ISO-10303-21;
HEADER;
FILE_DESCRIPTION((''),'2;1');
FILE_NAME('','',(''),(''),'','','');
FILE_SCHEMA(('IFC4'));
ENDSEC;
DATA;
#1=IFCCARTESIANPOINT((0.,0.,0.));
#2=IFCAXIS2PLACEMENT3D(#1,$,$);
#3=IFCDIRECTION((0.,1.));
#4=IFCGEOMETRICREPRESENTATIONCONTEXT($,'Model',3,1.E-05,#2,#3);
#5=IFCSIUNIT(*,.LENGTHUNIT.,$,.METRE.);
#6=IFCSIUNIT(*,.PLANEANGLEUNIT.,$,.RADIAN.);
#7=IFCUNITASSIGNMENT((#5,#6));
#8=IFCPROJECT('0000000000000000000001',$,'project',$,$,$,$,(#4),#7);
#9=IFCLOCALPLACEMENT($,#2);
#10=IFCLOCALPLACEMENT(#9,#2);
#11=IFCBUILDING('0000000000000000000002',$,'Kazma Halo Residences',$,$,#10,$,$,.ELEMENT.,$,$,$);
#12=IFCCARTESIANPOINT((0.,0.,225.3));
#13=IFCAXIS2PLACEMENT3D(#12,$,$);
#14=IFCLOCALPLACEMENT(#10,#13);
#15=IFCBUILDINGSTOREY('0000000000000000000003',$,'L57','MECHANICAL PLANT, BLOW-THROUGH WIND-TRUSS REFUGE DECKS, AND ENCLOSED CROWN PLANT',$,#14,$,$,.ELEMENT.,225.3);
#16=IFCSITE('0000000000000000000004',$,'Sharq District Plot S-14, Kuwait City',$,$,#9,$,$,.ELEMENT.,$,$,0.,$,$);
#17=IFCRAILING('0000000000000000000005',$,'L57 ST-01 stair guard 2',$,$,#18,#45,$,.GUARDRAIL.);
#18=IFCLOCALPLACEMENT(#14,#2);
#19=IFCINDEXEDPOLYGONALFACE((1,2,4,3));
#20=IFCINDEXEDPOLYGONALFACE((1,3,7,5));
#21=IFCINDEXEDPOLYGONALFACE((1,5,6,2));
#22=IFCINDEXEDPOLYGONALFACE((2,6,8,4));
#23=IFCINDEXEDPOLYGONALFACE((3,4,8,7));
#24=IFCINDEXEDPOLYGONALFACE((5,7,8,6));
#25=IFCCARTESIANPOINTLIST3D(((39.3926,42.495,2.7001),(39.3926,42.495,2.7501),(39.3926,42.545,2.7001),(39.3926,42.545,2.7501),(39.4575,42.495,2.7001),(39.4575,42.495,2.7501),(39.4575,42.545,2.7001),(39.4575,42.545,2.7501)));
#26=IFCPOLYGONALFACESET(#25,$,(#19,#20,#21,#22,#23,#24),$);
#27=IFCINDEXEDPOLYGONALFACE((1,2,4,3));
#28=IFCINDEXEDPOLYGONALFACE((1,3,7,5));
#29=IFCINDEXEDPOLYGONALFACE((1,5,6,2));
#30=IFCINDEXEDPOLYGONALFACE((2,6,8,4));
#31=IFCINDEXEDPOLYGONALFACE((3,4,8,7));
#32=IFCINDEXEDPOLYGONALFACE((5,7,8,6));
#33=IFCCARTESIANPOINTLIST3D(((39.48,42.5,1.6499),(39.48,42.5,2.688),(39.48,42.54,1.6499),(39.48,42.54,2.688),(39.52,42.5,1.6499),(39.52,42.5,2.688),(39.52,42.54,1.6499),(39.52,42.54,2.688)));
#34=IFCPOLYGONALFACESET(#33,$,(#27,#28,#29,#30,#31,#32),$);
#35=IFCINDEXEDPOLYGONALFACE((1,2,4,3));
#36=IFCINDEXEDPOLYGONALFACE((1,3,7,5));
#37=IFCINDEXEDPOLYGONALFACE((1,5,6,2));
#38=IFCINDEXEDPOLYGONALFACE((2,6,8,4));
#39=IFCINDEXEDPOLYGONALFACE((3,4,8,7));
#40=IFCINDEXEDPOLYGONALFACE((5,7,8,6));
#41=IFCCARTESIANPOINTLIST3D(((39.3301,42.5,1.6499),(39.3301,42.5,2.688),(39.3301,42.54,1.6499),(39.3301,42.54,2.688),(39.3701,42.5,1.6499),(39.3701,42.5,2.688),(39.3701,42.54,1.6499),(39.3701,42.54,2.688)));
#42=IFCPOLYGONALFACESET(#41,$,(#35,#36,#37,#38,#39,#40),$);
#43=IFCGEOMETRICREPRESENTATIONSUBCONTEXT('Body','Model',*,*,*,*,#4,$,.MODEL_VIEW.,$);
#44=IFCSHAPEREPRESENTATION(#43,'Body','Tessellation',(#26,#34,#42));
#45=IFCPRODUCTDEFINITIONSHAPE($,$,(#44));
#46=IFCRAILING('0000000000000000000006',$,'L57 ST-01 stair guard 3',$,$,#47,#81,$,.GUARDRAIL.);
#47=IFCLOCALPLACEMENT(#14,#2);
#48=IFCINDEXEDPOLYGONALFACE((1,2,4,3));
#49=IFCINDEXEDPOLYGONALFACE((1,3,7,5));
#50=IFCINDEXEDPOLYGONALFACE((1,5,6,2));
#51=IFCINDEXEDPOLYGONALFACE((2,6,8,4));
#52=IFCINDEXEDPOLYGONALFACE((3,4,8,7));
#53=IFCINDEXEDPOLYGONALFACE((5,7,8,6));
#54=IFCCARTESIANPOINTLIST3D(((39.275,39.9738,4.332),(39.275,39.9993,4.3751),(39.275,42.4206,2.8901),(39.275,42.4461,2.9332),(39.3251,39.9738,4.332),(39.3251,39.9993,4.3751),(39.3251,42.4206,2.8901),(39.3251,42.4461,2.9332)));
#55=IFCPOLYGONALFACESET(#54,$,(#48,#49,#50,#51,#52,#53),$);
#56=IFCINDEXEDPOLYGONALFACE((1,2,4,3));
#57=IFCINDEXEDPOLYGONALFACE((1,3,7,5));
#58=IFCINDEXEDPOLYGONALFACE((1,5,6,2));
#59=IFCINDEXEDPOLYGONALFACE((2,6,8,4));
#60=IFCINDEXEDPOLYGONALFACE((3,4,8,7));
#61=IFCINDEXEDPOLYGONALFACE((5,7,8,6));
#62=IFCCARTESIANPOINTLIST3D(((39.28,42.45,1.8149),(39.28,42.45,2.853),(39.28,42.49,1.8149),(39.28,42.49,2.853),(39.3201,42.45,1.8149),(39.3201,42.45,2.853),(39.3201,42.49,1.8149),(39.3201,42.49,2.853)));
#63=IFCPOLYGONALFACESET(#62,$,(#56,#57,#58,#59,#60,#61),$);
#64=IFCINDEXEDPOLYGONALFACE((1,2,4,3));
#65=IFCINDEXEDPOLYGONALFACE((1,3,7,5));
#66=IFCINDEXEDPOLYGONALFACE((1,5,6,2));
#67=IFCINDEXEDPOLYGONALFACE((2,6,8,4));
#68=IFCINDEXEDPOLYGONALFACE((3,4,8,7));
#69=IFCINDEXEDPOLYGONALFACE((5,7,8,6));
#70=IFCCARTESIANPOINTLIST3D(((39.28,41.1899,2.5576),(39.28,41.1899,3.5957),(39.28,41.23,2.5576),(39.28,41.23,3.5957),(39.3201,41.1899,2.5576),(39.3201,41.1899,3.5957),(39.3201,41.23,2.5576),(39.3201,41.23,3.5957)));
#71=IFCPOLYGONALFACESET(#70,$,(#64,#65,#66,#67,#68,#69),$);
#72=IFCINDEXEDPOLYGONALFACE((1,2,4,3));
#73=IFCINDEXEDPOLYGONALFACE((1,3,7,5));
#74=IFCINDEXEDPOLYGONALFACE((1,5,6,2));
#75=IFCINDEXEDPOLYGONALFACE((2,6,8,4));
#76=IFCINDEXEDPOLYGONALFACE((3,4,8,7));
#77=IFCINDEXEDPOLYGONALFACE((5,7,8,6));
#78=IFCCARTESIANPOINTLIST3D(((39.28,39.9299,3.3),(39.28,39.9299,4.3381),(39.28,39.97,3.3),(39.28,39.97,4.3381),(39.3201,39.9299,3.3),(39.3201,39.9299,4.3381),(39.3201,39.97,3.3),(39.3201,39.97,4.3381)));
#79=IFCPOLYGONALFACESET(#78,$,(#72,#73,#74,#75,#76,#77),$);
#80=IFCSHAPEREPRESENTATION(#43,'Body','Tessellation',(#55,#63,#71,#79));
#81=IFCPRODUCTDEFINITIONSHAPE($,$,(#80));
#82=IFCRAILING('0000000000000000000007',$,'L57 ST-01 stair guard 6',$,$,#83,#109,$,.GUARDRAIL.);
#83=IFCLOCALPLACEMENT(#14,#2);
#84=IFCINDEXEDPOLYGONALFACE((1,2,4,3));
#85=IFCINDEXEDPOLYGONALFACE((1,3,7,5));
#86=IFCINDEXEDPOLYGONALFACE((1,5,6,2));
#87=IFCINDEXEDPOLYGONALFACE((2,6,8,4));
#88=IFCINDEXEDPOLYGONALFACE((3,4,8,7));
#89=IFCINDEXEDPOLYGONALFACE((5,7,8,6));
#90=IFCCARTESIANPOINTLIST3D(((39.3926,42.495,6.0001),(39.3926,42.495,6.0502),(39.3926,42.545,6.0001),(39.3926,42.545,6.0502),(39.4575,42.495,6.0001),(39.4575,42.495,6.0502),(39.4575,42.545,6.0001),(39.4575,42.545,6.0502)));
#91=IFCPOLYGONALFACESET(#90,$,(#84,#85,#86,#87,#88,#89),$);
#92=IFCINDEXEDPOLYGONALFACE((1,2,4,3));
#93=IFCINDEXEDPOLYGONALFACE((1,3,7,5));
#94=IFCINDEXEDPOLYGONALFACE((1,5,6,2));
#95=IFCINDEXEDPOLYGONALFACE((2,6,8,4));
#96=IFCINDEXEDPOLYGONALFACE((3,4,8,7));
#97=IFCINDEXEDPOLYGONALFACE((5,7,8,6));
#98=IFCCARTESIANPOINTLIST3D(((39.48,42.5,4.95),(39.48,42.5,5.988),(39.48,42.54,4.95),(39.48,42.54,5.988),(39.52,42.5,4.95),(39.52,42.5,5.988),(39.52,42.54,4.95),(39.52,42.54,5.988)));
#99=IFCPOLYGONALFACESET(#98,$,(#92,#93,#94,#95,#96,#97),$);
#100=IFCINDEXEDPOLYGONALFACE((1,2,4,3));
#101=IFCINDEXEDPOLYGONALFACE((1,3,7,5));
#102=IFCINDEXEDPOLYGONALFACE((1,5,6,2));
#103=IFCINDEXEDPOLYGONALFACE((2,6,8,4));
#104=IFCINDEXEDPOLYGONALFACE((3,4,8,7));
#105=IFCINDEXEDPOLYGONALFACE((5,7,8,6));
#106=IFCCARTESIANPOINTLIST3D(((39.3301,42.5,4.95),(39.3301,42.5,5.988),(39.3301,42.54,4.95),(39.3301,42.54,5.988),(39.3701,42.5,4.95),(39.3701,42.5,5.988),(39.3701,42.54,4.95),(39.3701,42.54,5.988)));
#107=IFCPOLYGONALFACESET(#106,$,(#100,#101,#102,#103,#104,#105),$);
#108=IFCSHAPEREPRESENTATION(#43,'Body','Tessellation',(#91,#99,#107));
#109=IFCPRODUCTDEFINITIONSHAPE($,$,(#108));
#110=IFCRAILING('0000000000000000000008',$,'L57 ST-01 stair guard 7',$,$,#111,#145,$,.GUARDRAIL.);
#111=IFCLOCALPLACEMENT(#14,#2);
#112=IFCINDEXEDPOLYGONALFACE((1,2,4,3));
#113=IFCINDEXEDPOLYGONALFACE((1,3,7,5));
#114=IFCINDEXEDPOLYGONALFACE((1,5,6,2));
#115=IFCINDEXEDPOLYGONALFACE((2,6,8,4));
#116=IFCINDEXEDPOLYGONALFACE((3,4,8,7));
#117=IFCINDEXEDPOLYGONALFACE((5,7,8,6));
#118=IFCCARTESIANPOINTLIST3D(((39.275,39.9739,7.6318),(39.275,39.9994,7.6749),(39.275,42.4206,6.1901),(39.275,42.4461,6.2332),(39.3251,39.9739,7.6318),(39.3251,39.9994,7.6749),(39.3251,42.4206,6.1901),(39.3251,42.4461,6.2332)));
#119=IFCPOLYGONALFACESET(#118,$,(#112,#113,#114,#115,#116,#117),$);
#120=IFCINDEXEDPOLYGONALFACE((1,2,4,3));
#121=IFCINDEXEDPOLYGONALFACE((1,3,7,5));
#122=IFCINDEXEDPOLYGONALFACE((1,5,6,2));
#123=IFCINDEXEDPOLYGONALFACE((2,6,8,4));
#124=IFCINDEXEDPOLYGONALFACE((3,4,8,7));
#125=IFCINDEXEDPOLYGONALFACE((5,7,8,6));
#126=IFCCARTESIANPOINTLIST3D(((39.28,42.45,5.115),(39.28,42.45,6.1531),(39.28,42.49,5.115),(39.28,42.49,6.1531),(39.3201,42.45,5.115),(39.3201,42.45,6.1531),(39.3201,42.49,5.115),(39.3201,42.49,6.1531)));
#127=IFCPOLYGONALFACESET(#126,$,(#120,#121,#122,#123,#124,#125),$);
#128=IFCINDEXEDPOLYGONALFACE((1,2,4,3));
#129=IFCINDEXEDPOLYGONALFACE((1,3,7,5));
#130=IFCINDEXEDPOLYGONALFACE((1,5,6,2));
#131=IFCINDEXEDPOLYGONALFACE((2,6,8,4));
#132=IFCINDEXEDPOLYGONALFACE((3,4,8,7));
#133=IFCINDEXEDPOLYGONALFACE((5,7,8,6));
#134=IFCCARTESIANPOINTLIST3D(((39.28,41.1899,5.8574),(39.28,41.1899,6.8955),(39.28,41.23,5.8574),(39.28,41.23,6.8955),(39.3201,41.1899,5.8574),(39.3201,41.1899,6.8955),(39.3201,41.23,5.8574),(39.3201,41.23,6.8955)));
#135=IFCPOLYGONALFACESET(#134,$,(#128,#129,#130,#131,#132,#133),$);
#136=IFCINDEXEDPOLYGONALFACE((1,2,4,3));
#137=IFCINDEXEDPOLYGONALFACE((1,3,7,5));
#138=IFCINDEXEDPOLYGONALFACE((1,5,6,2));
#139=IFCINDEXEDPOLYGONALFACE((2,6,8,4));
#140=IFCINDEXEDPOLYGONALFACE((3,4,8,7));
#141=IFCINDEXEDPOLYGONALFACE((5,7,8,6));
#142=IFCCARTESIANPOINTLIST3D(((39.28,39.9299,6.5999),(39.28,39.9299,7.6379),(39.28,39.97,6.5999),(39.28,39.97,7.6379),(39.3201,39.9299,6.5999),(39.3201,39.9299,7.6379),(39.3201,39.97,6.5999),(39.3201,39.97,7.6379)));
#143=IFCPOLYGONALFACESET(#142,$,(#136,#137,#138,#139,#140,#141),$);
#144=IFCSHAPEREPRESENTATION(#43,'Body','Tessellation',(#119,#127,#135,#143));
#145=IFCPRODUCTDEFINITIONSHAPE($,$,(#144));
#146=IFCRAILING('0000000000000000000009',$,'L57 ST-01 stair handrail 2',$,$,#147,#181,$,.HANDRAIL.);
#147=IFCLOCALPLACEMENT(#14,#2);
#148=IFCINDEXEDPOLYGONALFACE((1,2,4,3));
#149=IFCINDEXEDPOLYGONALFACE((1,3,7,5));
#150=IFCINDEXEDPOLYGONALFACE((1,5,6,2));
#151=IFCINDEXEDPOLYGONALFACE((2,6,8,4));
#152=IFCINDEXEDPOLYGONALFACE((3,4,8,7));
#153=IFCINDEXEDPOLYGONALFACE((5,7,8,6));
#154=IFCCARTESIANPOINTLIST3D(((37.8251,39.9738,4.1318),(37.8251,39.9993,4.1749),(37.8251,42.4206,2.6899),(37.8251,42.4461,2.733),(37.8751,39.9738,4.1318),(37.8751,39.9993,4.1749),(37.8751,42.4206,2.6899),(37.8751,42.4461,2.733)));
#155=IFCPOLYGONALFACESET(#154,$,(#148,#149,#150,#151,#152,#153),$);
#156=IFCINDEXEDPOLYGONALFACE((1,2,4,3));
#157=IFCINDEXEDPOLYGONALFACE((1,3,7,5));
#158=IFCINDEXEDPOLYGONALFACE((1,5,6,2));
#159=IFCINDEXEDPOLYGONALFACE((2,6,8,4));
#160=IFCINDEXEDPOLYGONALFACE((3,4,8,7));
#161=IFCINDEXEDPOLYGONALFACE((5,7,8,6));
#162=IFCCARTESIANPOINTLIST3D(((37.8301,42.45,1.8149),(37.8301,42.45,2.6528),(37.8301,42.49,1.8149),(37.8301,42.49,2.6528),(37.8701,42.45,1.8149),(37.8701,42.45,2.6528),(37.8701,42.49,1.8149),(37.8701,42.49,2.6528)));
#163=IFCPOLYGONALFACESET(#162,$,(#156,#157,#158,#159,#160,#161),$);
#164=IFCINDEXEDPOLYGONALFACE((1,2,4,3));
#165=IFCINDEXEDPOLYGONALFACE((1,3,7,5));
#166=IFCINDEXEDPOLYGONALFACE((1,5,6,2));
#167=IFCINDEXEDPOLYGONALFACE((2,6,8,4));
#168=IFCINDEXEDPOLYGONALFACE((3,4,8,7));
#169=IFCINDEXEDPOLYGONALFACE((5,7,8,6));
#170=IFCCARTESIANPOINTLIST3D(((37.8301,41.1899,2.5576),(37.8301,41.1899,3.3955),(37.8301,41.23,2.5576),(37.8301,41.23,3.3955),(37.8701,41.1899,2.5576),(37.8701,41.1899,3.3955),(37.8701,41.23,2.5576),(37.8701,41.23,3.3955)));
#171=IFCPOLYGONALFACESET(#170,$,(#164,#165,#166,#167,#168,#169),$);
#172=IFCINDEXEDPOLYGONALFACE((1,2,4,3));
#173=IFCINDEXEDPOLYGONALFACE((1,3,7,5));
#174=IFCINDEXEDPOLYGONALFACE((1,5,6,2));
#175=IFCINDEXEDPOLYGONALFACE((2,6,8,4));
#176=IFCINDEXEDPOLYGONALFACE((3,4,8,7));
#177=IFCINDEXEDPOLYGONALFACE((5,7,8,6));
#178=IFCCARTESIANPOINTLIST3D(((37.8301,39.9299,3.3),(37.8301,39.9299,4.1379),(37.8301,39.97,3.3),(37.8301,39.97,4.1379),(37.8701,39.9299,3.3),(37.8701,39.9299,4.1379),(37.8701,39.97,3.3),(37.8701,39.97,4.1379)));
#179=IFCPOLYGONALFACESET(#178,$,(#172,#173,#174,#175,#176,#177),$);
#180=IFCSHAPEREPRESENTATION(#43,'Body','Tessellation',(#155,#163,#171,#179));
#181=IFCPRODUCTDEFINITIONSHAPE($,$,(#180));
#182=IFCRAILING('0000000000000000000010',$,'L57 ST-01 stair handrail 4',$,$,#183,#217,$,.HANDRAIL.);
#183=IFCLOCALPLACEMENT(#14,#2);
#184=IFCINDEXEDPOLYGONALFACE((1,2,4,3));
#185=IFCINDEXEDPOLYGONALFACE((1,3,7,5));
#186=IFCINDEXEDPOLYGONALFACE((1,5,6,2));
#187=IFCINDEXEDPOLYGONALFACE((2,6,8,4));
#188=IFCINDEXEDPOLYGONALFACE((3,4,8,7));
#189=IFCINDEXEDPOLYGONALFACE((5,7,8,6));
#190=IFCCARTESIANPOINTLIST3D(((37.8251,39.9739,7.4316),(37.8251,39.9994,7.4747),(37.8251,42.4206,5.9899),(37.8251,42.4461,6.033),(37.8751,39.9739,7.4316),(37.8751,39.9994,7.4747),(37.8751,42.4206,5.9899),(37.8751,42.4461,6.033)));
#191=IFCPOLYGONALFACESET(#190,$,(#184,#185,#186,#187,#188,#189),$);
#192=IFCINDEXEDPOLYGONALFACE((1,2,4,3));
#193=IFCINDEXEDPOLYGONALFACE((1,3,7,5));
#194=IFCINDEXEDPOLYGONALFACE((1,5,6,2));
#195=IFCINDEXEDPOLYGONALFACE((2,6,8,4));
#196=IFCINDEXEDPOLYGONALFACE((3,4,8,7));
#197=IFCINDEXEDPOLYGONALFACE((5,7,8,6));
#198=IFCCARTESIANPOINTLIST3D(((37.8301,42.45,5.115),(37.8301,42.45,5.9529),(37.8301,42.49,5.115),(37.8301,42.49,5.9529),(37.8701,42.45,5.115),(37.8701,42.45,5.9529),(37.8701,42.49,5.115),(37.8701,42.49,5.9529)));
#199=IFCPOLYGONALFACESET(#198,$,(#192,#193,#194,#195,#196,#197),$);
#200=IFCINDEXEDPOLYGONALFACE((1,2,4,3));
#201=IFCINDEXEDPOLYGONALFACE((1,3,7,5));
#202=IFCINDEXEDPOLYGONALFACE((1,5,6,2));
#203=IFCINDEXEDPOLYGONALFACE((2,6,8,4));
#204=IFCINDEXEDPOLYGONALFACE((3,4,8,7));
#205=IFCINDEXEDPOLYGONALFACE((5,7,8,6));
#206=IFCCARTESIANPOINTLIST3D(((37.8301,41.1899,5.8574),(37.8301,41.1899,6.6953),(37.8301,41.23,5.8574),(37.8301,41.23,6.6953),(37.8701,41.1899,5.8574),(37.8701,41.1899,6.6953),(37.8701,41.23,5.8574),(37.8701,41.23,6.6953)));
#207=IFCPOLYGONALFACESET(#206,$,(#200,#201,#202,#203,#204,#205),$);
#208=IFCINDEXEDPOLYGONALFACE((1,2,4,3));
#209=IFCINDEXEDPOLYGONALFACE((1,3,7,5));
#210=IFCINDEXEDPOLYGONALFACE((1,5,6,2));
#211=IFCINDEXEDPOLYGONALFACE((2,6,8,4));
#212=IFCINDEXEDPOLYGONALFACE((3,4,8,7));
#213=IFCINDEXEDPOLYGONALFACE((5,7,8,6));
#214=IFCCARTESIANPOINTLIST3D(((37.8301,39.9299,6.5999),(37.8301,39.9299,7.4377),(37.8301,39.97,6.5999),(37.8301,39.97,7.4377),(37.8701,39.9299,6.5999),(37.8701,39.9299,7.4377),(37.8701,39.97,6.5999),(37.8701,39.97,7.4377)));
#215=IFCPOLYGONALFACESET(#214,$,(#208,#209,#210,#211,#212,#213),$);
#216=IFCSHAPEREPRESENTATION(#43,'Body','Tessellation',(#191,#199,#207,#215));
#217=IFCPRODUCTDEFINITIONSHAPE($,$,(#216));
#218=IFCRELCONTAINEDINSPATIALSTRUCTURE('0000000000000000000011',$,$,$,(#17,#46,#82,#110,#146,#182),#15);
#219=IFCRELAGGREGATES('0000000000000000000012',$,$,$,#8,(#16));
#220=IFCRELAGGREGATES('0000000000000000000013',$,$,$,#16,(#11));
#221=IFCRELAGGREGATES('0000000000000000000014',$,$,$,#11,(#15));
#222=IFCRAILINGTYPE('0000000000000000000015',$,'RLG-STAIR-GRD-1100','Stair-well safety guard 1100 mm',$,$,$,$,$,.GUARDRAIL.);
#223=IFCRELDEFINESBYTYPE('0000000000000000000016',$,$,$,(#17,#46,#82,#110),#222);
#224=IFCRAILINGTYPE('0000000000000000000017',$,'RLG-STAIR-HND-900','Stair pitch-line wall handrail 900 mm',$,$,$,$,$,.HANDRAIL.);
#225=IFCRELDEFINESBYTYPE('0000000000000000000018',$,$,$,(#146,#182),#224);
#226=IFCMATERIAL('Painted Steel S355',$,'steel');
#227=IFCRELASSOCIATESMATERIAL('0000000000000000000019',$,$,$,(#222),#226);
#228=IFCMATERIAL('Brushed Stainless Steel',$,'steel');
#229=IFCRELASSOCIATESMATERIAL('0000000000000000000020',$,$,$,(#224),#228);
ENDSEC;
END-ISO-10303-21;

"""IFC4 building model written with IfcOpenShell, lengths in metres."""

from ifc_helpers import new_model, si_unit, direction, frame, origin, origin_2d, place, context, subcontext, project, spatial, rectangle, extrude, material, type_object, element, save


model = new_model("IFC4")

# Units and contexts
model_context = context("Model", 3, precision=1e-05, world=origin(), true_north=direction((0.0, 1.0)))
body_context = subcontext(model_context, "Body", "Model", "MODEL_VIEW")
ifc_project = project(units=[si_unit("LENGTHUNIT", "METRE"), si_unit("PLANEANGLEUNIT", "RADIAN")], contexts=[model_context])

# Site, building, storey
site_placement = place(None, origin())
site = spatial("IfcSite", under=ifc_project, at=site_placement, Name="Sharq District Plot S-14, Kuwait City", CompositionType="ELEMENT", RefElevation=0.0)
building_placement = place(site_placement, origin())
building = spatial("IfcBuilding", under=site, at=building_placement, Name="Kazma Halo Residences", CompositionType="ELEMENT")
storey_placement = place(building_placement, frame((0.0, 0.0, 225.3)))
storey = spatial("IfcBuildingStorey", under=building, at=storey_placement, Name="L57", Description="MECHANICAL PLANT, BLOW-THROUGH WIND-TRUSS REFUGE DECKS, AND ENCLOSED CROWN PLANT", CompositionType="ELEMENT", Elevation=225.3)

# Railings
ifc_material_1 = material(Name="Painted Steel S355", Category="steel")
railing_type_1 = type_object("IfcRailingType", Name="RLG-STAIR-GRD-1100", Description="Stair-well safety guard 1100 mm", PredefinedType="GUARDRAIL", material=ifc_material_1)
railing_1_placement = place(storey_placement, frame((39.5, 42.52, 1.6499)))
element("IfcRailing", 1, at=railing_1_placement, inside=storey, type_object=railing_type_1, Name="L57 ST-01 stair guard 2", PredefinedType="GUARDRAIL", context=body_context, shape_type="SweptSolid", body=[
    extrude(rectangle(XDim=0.05, YDim=0.05, at=origin_2d()), frame((-0.0425, 0.0, 1.0752), z_axis=(-1.0, 0.0, 0.0), x_axis=(0.0, -1.0, 0.0)), (0.0, 0.0, 1.0), 0.0649),
    extrude(rectangle(XDim=0.04, YDim=0.04, at=origin_2d()), origin(), (0.0, 0.0, 1.0), 1.0381),
    extrude(rectangle(XDim=0.04, YDim=0.04, at=origin_2d()), frame((-0.1499, 0.0, 0.0)), (0.0, 0.0, 1.0), 1.0381),
])
railing_2_placement = place(storey_placement, frame((39.3, 42.47, 1.8149)))
element("IfcRailing", 2, at=railing_2_placement, inside=storey, type_object=railing_type_1, Name="L57 ST-01 stair guard 3", PredefinedType="GUARDRAIL", context=body_context, shape_type="SweptSolid", body=[
    extrude(rectangle(XDim=0.05, YDim=0.05, at=origin_2d()), frame((0.0, -0.0366, 1.0967), z_axis=(0.0, -0.861524, 0.507717), x_axis=(1.0, 0.0, 0.0)), (0.0, 0.0, 1.0), 2.8401),
    extrude(rectangle(XDim=0.04, YDim=0.04, at=origin_2d()), origin(), (0.0, 0.0, 1.0), 1.0381),
    extrude(rectangle(XDim=0.04, YDim=0.04, at=origin_2d()), frame((0.0, -1.26, 0.7427)), (0.0, 0.0, 1.0), 1.0381),
    extrude(rectangle(XDim=0.04, YDim=0.04, at=origin_2d()), frame((0.0, -2.52, 1.4851)), (0.0, 0.0, 1.0), 1.0381),
])
railing_3_placement = place(storey_placement, frame((39.5, 42.52, 4.95)))
element("IfcRailing", 3, at=railing_3_placement, inside=storey, type_object=railing_type_1, Name="L57 ST-01 stair guard 6", PredefinedType="GUARDRAIL", context=body_context, shape_type="SweptSolid", body=[
    extrude(rectangle(XDim=0.05, YDim=0.05, at=origin_2d()), frame((-0.0425, 0.0, 1.0752), z_axis=(-1.0, 0.0, 0.0), x_axis=(0.0, -1.0, 0.0)), (0.0, 0.0, 1.0), 0.0649),
    extrude(rectangle(XDim=0.04, YDim=0.04, at=origin_2d()), origin(), (0.0, 0.0, 1.0), 1.0381),
    extrude(rectangle(XDim=0.04, YDim=0.04, at=origin_2d()), frame((-0.1499, 0.0, 0.0)), (0.0, 0.0, 1.0), 1.0381),
])
railing_4_placement = place(storey_placement, frame((39.3, 42.47, 5.115)))
element("IfcRailing", 4, at=railing_4_placement, inside=storey, type_object=railing_type_1, Name="L57 ST-01 stair guard 7", PredefinedType="GUARDRAIL", context=body_context, shape_type="SweptSolid", body=[
    extrude(rectangle(XDim=0.05, YDim=0.05, at=origin_2d()), frame((0.0, -0.0366, 1.0967), z_axis=(0.0, -0.861561, 0.507655), x_axis=(1.0, 0.0, 0.0)), (0.0, 0.0, 1.0), 2.8398),
    extrude(rectangle(XDim=0.04, YDim=0.04, at=origin_2d()), origin(), (0.0, 0.0, 1.0), 1.0381),
    extrude(rectangle(XDim=0.04, YDim=0.04, at=origin_2d()), frame((0.0, -1.26, 0.7424)), (0.0, 0.0, 1.0), 1.0381),
    extrude(rectangle(XDim=0.04, YDim=0.04, at=origin_2d()), frame((0.0, -2.52, 1.4849)), (0.0, 0.0, 1.0), 1.0381),
])
ifc_material_2 = material(Name="Brushed Stainless Steel", Category="steel")
railing_type_2 = type_object("IfcRailingType", Name="RLG-STAIR-HND-900", Description="Stair pitch-line wall handrail 900 mm", PredefinedType="HANDRAIL", material=ifc_material_2)
railing_5_placement = place(storey_placement, frame((37.8501, 42.47, 1.8149)))
element("IfcRailing", 5, at=railing_5_placement, inside=storey, type_object=railing_type_2, Name="L57 ST-01 stair handrail 2", PredefinedType="HANDRAIL", context=body_context, shape_type="SweptSolid", body=[
    extrude(rectangle(XDim=0.05, YDim=0.05, at=origin_2d()), frame((0.0, -0.0366, 0.8965), z_axis=(0.0, -0.861524, 0.507717), x_axis=(1.0, 0.0, 0.0)), (0.0, 0.0, 1.0), 2.8401),
    extrude(rectangle(XDim=0.04, YDim=0.04, at=origin_2d()), origin(), (0.0, 0.0, 1.0), 0.8379),
    extrude(rectangle(XDim=0.04, YDim=0.04, at=origin_2d()), frame((0.0, -1.26, 0.7427)), (0.0, 0.0, 1.0), 0.8379),
    extrude(rectangle(XDim=0.04, YDim=0.04, at=origin_2d()), frame((0.0, -2.52, 1.4851)), (0.0, 0.0, 1.0), 0.8379),
])
railing_6_placement = place(storey_placement, frame((37.8501, 42.47, 5.115)))
element("IfcRailing", 6, at=railing_6_placement, inside=storey, type_object=railing_type_2, Name="L57 ST-01 stair handrail 4", PredefinedType="HANDRAIL", context=body_context, shape_type="SweptSolid", body=[
    extrude(rectangle(XDim=0.05, YDim=0.05, at=origin_2d()), frame((0.0, -0.0366, 0.8965), z_axis=(0.0, -0.861561, 0.507655), x_axis=(1.0, 0.0, 0.0)), (0.0, 0.0, 1.0), 2.8398),
    extrude(rectangle(XDim=0.04, YDim=0.04, at=origin_2d()), origin(), (0.0, 0.0, 1.0), 0.8379),
    extrude(rectangle(XDim=0.04, YDim=0.04, at=origin_2d()), frame((0.0, -1.26, 0.7424)), (0.0, 0.0, 1.0), 0.8379),
    extrude(rectangle(XDim=0.04, YDim=0.04, at=origin_2d()), frame((0.0, -2.52, 1.4849)), (0.0, 0.0, 1.0), 0.8379),
])

save(model, "model.ifc")
